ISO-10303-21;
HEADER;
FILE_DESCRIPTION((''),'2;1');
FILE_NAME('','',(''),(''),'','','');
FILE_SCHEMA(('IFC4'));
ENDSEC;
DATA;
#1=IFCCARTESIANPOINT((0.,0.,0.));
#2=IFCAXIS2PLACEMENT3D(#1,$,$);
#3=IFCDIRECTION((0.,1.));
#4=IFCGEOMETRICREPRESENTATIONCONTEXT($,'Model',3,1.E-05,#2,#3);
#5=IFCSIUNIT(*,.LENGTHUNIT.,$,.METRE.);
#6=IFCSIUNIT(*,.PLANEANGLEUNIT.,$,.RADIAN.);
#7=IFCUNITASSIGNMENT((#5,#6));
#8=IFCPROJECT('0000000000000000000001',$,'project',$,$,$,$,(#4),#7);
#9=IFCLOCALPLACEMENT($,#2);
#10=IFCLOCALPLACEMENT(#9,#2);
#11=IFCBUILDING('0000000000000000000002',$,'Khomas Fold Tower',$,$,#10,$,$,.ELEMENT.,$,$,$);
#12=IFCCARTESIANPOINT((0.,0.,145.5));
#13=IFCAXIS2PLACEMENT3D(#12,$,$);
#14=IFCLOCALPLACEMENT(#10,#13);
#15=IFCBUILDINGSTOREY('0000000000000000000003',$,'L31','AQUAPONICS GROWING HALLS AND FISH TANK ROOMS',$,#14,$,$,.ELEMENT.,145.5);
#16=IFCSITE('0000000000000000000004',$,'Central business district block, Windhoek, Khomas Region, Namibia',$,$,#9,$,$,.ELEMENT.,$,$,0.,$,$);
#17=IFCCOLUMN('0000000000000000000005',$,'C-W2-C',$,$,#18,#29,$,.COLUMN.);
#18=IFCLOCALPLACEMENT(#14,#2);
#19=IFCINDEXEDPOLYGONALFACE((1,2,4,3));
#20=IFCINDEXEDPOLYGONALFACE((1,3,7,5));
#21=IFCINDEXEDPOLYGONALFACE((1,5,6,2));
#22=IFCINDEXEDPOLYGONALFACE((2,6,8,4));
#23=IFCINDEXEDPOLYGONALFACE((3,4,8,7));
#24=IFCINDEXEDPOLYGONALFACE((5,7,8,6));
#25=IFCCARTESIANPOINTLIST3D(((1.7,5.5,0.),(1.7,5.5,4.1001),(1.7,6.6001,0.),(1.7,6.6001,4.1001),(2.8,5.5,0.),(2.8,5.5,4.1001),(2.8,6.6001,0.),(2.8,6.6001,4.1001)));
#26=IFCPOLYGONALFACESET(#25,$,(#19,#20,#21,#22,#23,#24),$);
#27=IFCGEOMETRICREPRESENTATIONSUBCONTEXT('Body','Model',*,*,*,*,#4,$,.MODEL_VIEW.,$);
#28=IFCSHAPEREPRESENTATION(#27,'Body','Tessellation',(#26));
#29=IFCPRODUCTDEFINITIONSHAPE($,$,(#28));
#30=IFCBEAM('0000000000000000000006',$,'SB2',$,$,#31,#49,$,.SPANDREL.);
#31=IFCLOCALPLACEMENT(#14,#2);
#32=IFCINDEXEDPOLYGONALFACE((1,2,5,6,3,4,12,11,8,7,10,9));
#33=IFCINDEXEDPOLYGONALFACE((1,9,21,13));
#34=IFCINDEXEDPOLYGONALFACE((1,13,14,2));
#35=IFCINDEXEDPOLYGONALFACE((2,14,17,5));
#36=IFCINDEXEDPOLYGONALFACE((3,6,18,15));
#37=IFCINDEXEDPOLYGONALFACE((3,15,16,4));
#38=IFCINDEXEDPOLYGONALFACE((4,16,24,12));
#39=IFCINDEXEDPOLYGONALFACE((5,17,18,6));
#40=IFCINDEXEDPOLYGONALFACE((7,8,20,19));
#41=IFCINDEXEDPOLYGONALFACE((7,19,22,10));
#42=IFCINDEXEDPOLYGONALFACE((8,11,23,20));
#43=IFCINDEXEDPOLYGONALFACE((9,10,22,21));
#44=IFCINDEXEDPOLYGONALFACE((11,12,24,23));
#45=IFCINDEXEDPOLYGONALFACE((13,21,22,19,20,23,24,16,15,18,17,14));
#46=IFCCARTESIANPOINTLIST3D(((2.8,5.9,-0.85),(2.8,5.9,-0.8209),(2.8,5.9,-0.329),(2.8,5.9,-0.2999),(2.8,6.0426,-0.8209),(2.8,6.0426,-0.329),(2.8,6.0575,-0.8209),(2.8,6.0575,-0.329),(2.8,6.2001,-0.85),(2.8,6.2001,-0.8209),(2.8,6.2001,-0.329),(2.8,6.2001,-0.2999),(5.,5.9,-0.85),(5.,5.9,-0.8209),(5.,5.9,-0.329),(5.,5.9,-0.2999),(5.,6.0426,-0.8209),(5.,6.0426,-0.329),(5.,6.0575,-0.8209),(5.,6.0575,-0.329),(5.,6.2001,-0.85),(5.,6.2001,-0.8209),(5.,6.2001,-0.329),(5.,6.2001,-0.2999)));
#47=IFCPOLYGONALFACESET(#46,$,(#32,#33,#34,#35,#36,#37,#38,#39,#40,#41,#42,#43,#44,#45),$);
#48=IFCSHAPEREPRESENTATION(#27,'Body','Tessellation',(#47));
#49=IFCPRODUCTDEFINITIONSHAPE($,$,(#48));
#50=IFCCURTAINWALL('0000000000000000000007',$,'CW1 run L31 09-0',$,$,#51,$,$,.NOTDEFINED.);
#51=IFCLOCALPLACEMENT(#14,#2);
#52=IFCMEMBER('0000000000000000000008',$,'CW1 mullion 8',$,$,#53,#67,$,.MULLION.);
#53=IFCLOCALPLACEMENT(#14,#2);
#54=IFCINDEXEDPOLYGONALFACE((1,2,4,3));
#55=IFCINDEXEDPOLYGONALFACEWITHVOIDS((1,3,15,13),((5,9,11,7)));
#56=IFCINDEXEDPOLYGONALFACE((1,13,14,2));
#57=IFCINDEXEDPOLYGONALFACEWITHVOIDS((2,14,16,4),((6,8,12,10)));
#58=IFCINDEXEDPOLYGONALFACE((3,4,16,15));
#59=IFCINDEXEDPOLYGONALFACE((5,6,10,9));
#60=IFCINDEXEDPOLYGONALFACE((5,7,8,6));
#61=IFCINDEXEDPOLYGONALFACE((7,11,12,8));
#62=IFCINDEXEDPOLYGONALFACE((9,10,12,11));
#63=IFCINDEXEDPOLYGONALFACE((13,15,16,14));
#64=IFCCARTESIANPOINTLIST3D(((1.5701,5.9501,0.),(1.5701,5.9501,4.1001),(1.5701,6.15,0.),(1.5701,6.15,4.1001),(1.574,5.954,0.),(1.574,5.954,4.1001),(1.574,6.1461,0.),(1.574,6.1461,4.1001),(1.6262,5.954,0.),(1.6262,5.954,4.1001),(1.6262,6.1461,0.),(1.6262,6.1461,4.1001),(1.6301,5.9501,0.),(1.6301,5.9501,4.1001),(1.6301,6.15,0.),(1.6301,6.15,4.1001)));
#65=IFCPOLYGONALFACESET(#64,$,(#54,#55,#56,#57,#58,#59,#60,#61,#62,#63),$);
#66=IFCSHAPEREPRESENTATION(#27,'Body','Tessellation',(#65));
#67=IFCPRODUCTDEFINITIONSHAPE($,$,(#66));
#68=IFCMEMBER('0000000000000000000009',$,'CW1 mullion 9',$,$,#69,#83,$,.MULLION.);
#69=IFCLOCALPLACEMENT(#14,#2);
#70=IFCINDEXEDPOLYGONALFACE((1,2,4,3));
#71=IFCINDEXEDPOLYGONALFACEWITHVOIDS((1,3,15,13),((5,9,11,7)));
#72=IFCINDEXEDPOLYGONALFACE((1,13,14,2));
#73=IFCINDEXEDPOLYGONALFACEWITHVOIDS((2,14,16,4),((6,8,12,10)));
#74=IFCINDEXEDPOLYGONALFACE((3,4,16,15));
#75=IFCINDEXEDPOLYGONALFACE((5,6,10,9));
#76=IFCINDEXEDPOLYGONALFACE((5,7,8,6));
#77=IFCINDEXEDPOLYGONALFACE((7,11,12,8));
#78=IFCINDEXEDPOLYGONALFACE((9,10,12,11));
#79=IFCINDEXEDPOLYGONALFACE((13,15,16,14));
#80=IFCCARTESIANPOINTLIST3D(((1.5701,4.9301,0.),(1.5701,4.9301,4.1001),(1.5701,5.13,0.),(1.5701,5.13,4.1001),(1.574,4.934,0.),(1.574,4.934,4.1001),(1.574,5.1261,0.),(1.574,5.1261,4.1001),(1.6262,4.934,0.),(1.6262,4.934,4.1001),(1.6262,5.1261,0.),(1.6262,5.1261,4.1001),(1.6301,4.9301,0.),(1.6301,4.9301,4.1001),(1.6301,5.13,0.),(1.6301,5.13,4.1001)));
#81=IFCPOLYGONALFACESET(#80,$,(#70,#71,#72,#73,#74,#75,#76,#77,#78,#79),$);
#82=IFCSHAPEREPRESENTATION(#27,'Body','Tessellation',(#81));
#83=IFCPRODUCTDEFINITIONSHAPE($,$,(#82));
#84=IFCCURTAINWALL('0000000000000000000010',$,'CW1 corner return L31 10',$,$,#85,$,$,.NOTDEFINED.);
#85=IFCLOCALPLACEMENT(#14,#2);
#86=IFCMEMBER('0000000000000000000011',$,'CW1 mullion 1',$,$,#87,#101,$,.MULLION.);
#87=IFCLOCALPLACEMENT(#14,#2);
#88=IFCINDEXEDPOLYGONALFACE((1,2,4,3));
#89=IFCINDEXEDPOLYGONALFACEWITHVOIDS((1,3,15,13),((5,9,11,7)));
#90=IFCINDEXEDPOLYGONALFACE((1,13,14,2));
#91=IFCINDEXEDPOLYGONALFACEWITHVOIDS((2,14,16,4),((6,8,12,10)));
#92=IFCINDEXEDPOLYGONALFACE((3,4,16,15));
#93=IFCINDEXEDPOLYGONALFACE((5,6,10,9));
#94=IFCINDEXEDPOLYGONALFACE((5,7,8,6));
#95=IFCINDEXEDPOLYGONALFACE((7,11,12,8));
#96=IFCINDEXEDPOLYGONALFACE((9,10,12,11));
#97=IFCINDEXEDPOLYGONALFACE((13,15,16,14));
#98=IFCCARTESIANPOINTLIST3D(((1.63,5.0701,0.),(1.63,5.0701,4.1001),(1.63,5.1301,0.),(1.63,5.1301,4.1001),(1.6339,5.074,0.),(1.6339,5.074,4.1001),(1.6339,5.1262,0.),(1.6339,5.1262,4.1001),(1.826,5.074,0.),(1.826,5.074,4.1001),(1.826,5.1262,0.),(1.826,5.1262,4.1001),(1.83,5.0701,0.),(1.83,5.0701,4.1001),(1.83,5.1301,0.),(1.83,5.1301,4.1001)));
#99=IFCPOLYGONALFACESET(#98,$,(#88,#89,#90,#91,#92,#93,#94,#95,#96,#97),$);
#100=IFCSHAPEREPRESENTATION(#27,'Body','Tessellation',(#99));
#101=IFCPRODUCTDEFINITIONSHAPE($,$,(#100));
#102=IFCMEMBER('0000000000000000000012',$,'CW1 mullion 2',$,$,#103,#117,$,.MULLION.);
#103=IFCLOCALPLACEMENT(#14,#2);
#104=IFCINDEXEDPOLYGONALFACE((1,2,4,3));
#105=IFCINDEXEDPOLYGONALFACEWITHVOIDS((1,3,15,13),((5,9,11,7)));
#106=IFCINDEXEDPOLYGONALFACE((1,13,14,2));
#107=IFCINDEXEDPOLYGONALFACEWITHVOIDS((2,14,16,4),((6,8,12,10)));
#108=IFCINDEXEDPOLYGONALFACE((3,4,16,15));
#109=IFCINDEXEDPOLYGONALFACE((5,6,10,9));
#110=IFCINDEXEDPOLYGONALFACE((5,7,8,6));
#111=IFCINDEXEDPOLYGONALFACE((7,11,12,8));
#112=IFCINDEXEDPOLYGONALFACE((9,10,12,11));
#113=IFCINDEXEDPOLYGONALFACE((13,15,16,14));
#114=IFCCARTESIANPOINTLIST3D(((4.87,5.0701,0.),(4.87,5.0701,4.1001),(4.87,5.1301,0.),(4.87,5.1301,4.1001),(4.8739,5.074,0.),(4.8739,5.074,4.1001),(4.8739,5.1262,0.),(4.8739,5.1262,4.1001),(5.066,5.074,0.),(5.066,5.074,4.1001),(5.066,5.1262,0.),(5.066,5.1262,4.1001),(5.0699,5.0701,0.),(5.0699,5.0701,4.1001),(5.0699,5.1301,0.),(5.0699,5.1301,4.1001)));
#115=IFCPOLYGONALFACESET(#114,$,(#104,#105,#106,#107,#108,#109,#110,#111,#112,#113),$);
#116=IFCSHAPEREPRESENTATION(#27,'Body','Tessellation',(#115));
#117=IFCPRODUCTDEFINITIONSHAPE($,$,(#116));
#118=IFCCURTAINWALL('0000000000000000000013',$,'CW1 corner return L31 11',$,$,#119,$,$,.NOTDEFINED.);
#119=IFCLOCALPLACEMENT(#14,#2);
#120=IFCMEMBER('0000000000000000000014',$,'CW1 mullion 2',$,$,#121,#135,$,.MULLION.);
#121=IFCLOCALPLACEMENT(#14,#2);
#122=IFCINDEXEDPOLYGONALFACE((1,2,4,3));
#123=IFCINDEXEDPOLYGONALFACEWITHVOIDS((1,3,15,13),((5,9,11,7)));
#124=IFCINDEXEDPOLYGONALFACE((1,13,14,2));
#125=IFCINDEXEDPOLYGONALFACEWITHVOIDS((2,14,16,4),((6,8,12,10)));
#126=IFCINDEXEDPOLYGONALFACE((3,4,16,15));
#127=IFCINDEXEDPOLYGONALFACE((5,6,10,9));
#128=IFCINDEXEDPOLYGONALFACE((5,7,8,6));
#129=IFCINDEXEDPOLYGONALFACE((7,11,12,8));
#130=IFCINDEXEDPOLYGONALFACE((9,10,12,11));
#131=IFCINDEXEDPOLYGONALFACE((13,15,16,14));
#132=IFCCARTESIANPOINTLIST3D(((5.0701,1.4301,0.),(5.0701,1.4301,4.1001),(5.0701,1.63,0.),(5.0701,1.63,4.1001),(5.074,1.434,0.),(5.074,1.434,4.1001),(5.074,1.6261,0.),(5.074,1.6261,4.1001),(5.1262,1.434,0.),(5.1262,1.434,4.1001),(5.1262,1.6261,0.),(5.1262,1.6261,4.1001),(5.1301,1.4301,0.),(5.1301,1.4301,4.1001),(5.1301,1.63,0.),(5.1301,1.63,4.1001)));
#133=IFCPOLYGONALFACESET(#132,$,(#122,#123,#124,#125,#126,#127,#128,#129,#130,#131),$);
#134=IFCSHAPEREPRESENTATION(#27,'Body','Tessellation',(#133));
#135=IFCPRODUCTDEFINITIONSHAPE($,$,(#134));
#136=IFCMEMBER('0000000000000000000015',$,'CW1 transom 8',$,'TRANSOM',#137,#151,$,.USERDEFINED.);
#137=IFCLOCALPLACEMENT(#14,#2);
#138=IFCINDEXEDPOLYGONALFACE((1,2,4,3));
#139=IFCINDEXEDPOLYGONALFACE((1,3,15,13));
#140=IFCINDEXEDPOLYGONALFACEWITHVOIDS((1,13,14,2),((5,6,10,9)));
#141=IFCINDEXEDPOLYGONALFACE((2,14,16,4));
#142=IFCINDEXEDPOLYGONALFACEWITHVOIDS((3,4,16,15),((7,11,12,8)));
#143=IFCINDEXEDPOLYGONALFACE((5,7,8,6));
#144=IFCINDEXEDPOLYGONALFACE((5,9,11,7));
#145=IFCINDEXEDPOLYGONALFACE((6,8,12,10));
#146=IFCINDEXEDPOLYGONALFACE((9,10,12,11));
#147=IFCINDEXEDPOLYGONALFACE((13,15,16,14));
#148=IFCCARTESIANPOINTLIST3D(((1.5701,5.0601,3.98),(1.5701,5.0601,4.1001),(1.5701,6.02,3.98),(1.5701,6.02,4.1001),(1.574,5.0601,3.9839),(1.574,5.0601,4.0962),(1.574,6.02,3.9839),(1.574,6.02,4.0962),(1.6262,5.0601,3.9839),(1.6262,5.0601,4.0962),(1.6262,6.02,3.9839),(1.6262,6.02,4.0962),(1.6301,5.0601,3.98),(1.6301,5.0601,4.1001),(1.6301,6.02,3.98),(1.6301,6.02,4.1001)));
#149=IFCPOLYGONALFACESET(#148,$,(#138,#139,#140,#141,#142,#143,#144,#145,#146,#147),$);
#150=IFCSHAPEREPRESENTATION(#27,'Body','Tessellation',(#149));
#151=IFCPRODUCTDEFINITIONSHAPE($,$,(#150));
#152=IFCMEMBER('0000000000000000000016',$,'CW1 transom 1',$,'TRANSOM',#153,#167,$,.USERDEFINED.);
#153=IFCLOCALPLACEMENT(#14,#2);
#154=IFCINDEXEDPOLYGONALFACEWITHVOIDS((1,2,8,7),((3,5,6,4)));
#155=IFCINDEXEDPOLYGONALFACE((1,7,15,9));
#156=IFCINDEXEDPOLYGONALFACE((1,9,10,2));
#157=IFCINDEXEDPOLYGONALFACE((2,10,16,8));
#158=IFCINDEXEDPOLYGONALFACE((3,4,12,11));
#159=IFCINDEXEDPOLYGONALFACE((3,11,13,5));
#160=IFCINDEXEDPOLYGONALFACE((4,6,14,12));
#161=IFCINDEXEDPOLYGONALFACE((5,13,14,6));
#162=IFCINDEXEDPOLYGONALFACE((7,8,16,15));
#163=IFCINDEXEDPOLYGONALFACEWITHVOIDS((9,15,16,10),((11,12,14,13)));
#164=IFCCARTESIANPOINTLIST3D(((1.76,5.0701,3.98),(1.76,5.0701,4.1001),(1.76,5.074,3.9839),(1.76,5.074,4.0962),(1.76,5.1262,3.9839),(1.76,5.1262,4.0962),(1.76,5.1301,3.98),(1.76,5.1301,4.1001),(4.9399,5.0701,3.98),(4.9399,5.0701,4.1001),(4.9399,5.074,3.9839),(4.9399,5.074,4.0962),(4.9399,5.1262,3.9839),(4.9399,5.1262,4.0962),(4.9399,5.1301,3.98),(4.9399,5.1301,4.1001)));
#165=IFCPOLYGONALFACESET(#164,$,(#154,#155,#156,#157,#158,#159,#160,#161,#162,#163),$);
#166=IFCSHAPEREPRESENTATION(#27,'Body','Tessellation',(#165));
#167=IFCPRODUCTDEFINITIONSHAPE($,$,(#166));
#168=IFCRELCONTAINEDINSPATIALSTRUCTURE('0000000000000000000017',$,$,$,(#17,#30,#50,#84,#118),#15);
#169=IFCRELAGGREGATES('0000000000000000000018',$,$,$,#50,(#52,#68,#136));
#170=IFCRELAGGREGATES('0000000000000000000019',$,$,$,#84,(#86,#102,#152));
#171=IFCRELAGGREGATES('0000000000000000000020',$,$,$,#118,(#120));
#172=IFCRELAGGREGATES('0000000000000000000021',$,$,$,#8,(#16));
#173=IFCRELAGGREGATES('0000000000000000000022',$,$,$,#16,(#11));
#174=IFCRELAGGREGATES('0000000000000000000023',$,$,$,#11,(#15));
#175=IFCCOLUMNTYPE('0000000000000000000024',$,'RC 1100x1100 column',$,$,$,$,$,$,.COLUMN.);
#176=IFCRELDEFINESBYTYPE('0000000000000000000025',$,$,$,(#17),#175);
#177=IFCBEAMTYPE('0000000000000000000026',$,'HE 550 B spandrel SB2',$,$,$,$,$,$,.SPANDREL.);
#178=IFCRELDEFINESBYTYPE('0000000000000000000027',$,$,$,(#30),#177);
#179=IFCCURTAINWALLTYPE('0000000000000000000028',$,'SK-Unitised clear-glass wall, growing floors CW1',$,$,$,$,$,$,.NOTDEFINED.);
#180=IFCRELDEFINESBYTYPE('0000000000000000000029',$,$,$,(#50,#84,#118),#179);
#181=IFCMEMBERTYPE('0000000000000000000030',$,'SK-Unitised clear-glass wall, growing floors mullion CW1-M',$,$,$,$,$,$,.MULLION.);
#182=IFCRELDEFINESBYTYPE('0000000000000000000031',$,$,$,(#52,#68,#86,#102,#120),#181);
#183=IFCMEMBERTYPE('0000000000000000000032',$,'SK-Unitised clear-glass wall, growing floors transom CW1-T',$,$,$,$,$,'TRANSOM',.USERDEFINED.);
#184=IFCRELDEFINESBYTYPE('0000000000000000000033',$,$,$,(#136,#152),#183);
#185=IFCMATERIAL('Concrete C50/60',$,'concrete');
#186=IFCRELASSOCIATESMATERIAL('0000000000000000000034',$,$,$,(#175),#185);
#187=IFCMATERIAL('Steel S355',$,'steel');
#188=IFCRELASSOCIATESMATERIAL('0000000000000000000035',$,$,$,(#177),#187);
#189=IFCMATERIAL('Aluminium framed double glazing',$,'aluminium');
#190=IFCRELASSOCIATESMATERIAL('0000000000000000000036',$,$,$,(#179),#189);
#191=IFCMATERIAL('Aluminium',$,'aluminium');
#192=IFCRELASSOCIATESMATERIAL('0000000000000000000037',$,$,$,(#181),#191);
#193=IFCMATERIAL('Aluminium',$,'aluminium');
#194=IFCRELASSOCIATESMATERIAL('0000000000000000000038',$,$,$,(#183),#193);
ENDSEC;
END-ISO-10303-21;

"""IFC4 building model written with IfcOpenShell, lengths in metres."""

from ifc_helpers import new_model, si_unit, direction, frame, origin, origin_2d, place, context, subcontext, project, spatial, rectangle, hollow_rectangle, i_section, extrude, source, transform, mapped, material, material_profile, profile_set, type_object, element, aggregate, save


model = new_model("IFC4")

# Units and contexts
model_context = context("Model", 3, precision=1e-05, world=origin(), true_north=direction((0.0, 1.0)))
body_context = subcontext(model_context, "Body", "Model", "MODEL_VIEW")
ifc_project = project(units=[si_unit("LENGTHUNIT", "METRE"), si_unit("PLANEANGLEUNIT", "RADIAN")], contexts=[model_context])

# Site, building, storey
site_placement = place(None, origin())
site = spatial("IfcSite", under=ifc_project, at=site_placement, Name="Central business district block, Windhoek, Khomas Region, Namibia", CompositionType="ELEMENT", RefElevation=0.0)
building_placement = place(site_placement, origin())
building = spatial("IfcBuilding", under=site, at=building_placement, Name="Khomas Fold Tower", CompositionType="ELEMENT")
storey_placement = place(building_placement, frame((0.0, 0.0, 145.5)))
storey = spatial("IfcBuildingStorey", under=building, at=storey_placement, Name="L31", Description="AQUAPONICS GROWING HALLS AND FISH TANK ROOMS", CompositionType="ELEMENT", Elevation=145.5)

# Column
ifc_material_1 = material(Name="Concrete C50/60", Category="concrete")
ifc_material_profile_1 = material_profile(ifc_material_1, rectangle(XDim=1.1001, YDim=1.1001, at=origin_2d()), Name="RC 1100x1100")
ifc_profile_set_1 = profile_set([ifc_material_profile_1], Name="Concrete C50/60")
column_type = type_object("IfcColumnType", Name="RC 1100x1100 column", PredefinedType="COLUMN", material=ifc_profile_set_1)
shared_shape_1 = source(origin(), body_context, "Body", "SweptSolid", [
    extrude(rectangle(XDim=1.1001, YDim=1.1001, at=origin_2d()), origin(), (0.0, 0.0, 1.0), 4.1001),
])
column_placement = place(storey_placement, frame((2.25, 6.05, 0.0), z_axis=(0.0, 0.0, 1.0), x_axis=(1.0, 0.0, 0.0)))
element("IfcColumn", 1, at=column_placement, inside=storey, type_object=column_type, Name="C-W2-C", PredefinedType="COLUMN", context=body_context, shape_type="MappedRepresentation", body=[
    mapped(shared_shape_1, transform((0.0, 0.0, 0.0))),
])

# Beam
ifc_material_2 = material(Name="Steel S355", Category="steel")
ifc_material_profile_2 = material_profile(ifc_material_2, i_section(OverallWidth=0.3, OverallDepth=0.55, WebThickness=0.0149, FlangeThickness=0.0291, at=origin_2d()), Name="HE 550 B")
ifc_profile_set_2 = profile_set([ifc_material_profile_2], Name="Steel S355")
beam_type = type_object("IfcBeamType", Name="HE 550 B spandrel SB2", PredefinedType="SPANDREL", material=ifc_profile_set_2)
shared_shape_2 = source(origin(), body_context, "Body", "SweptSolid", [
    extrude(i_section(OverallWidth=0.3, OverallDepth=0.55, WebThickness=0.0149, FlangeThickness=0.0291, at=origin_2d()), origin(), (0.0, 0.0, 1.0), 2.2),
])
beam_placement = place(storey_placement, frame((2.8, 6.05, -0.575), z_axis=(1.0, 0.0, 0.0), x_axis=(0.0, 1.0, 0.0)))
element("IfcBeam", 2, at=beam_placement, inside=storey, type_object=beam_type, Name="SB2", PredefinedType="SPANDREL", context=body_context, shape_type="MappedRepresentation", body=[
    mapped(shared_shape_2, transform((0.0, 0.0, 0.0))),
])

# Curtain walls, members
ifc_material_3 = material(Name="Aluminium framed double glazing", Category="aluminium")
curtain_wall_type = type_object("IfcCurtainWallType", Name="SK-Unitised clear-glass wall, growing floors CW1", PredefinedType="NOTDEFINED", material=ifc_material_3)
curtain_wall_1_placement = place(storey_placement, origin())
curtain_wall_1 = element("IfcCurtainWall", 3, at=curtain_wall_1_placement, inside=storey, type_object=curtain_wall_type, Name="CW1 run L31 09-0", PredefinedType="NOTDEFINED")
ifc_material_4 = material(Name="Aluminium", Category="aluminium")
ifc_material_profile_3 = material_profile(ifc_material_4, hollow_rectangle(XDim=0.0601, YDim=0.2, WallThickness=0.0039, at=origin_2d()), Name="SK-Unitised clear-glass wall, growing floors mullion CW1-M")
ifc_profile_set_3 = profile_set([ifc_material_profile_3], Name="Aluminium")
member_type_1 = type_object("IfcMemberType", Name="SK-Unitised clear-glass wall, growing floors mullion CW1-M", PredefinedType="MULLION", material=ifc_profile_set_3)
shared_shape_3 = source(origin(), body_context, "Body", "SweptSolid", [
    extrude(hollow_rectangle(XDim=0.0601, YDim=0.2, WallThickness=0.0039, at=origin_2d()), origin(), (0.0, 0.0, 1.0), 4.1001),
])
member_1_placement = place(storey_placement, frame((1.6001, 6.05, 0.0), z_axis=(0.0, 0.0, 1.0), x_axis=(1.0, 0.0, 0.0)))
member_1 = element("IfcMember", 4, at=member_1_placement, type_object=member_type_1, Name="CW1 mullion 8", PredefinedType="MULLION", context=body_context, shape_type="MappedRepresentation", body=[
    mapped(shared_shape_3, transform((0.0, 0.0, 0.0))),
])
member_2_placement = place(storey_placement, frame((1.6001, 5.03, 0.0), z_axis=(0.0, 0.0, 1.0), x_axis=(1.0, 0.0, 0.0)))
member_2 = element("IfcMember", 5, at=member_2_placement, type_object=member_type_1, Name="CW1 mullion 9", PredefinedType="MULLION", context=body_context, shape_type="MappedRepresentation", body=[
    mapped(shared_shape_3, transform((0.0, 0.0, 0.0))),
])
curtain_wall_2_placement = place(storey_placement, origin())
curtain_wall_2 = element("IfcCurtainWall", 6, at=curtain_wall_2_placement, inside=storey, type_object=curtain_wall_type, Name="CW1 corner return L31 10", PredefinedType="NOTDEFINED")
member_3_placement = place(storey_placement, frame((1.73, 5.1001, 0.0), z_axis=(0.0, 0.0, 1.0), x_axis=(0.0, 1.0, 0.0)))
member_3 = element("IfcMember", 7, at=member_3_placement, type_object=member_type_1, Name="CW1 mullion 1", PredefinedType="MULLION", context=body_context, shape_type="MappedRepresentation", body=[
    mapped(shared_shape_3, transform((0.0, 0.0, 0.0))),
])
member_4_placement = place(storey_placement, frame((4.97, 5.1001, 0.0), z_axis=(0.0, 0.0, 1.0), x_axis=(0.0, 1.0, 0.0)))
member_4 = element("IfcMember", 8, at=member_4_placement, type_object=member_type_1, Name="CW1 mullion 2", PredefinedType="MULLION", context=body_context, shape_type="MappedRepresentation", body=[
    mapped(shared_shape_3, transform((0.0, 0.0, 0.0))),
])

# Curtain wall, member
curtain_wall_3_placement = place(storey_placement, origin())
curtain_wall_3 = element("IfcCurtainWall", 9, at=curtain_wall_3_placement, inside=storey, type_object=curtain_wall_type, Name="CW1 corner return L31 11", PredefinedType="NOTDEFINED")
member_5_placement = place(storey_placement, frame((5.1001, 1.53, 0.0), z_axis=(0.0, 0.0, 1.0), x_axis=(1.0, 0.0, 0.0)))
member_5 = element("IfcMember", 10, at=member_5_placement, type_object=member_type_1, Name="CW1 mullion 2", PredefinedType="MULLION", context=body_context, shape_type="MappedRepresentation", body=[
    mapped(shared_shape_3, transform((0.0, 0.0, 0.0))),
])

# Members
ifc_material_5 = material(Name="Aluminium", Category="aluminium")
ifc_material_profile_4 = material_profile(ifc_material_5, hollow_rectangle(XDim=0.0601, YDim=0.1201, WallThickness=0.0039, at=origin_2d()), Name="SK-Unitised clear-glass wall, growing floors transom CW1-T")
ifc_profile_set_4 = profile_set([ifc_material_profile_4], Name="Aluminium")
member_type_2 = type_object("IfcMemberType", Name="SK-Unitised clear-glass wall, growing floors transom CW1-T", ElementType="TRANSOM", PredefinedType="USERDEFINED", material=ifc_profile_set_4)
shared_shape_4 = source(origin(), body_context, "Body", "SweptSolid", [
    extrude(hollow_rectangle(XDim=0.0601, YDim=0.1201, WallThickness=0.0039, at=origin_2d()), origin(), (0.0, 0.0, 1.0), 0.96),
])
member_6_placement = place(storey_placement, frame((1.6001, 6.02, 4.04), z_axis=(0.0, -1.0, 0.0), x_axis=(1.0, 0.0, 0.0)))
member_6 = element("IfcMember", 11, at=member_6_placement, type_object=member_type_2, Name="CW1 transom 8", ObjectType="TRANSOM", PredefinedType="USERDEFINED", context=body_context, shape_type="MappedRepresentation", body=[
    mapped(shared_shape_4, transform((0.0, 0.0, 0.0))),
])
shared_shape_5 = source(origin(), body_context, "Body", "SweptSolid", [
    extrude(hollow_rectangle(XDim=0.0601, YDim=0.1201, WallThickness=0.0039, at=origin_2d()), origin(), (0.0, 0.0, 1.0), 3.1799),
])
member_7_placement = place(storey_placement, frame((1.76, 5.1001, 4.04), z_axis=(1.0, 0.0, 0.0), x_axis=(0.0, 1.0, 0.0)))
member_7 = element("IfcMember", 12, at=member_7_placement, type_object=member_type_2, Name="CW1 transom 1", ObjectType="TRANSOM", PredefinedType="USERDEFINED", context=body_context, shape_type="MappedRepresentation", body=[
    mapped(shared_shape_5, transform((0.0, 0.0, 0.0))),
])

aggregate(curtain_wall_1, [member_1, member_2, member_6])
aggregate(curtain_wall_2, [member_3, member_4, member_7])
aggregate(curtain_wall_3, [member_5])

save(model, "model.ifc")
